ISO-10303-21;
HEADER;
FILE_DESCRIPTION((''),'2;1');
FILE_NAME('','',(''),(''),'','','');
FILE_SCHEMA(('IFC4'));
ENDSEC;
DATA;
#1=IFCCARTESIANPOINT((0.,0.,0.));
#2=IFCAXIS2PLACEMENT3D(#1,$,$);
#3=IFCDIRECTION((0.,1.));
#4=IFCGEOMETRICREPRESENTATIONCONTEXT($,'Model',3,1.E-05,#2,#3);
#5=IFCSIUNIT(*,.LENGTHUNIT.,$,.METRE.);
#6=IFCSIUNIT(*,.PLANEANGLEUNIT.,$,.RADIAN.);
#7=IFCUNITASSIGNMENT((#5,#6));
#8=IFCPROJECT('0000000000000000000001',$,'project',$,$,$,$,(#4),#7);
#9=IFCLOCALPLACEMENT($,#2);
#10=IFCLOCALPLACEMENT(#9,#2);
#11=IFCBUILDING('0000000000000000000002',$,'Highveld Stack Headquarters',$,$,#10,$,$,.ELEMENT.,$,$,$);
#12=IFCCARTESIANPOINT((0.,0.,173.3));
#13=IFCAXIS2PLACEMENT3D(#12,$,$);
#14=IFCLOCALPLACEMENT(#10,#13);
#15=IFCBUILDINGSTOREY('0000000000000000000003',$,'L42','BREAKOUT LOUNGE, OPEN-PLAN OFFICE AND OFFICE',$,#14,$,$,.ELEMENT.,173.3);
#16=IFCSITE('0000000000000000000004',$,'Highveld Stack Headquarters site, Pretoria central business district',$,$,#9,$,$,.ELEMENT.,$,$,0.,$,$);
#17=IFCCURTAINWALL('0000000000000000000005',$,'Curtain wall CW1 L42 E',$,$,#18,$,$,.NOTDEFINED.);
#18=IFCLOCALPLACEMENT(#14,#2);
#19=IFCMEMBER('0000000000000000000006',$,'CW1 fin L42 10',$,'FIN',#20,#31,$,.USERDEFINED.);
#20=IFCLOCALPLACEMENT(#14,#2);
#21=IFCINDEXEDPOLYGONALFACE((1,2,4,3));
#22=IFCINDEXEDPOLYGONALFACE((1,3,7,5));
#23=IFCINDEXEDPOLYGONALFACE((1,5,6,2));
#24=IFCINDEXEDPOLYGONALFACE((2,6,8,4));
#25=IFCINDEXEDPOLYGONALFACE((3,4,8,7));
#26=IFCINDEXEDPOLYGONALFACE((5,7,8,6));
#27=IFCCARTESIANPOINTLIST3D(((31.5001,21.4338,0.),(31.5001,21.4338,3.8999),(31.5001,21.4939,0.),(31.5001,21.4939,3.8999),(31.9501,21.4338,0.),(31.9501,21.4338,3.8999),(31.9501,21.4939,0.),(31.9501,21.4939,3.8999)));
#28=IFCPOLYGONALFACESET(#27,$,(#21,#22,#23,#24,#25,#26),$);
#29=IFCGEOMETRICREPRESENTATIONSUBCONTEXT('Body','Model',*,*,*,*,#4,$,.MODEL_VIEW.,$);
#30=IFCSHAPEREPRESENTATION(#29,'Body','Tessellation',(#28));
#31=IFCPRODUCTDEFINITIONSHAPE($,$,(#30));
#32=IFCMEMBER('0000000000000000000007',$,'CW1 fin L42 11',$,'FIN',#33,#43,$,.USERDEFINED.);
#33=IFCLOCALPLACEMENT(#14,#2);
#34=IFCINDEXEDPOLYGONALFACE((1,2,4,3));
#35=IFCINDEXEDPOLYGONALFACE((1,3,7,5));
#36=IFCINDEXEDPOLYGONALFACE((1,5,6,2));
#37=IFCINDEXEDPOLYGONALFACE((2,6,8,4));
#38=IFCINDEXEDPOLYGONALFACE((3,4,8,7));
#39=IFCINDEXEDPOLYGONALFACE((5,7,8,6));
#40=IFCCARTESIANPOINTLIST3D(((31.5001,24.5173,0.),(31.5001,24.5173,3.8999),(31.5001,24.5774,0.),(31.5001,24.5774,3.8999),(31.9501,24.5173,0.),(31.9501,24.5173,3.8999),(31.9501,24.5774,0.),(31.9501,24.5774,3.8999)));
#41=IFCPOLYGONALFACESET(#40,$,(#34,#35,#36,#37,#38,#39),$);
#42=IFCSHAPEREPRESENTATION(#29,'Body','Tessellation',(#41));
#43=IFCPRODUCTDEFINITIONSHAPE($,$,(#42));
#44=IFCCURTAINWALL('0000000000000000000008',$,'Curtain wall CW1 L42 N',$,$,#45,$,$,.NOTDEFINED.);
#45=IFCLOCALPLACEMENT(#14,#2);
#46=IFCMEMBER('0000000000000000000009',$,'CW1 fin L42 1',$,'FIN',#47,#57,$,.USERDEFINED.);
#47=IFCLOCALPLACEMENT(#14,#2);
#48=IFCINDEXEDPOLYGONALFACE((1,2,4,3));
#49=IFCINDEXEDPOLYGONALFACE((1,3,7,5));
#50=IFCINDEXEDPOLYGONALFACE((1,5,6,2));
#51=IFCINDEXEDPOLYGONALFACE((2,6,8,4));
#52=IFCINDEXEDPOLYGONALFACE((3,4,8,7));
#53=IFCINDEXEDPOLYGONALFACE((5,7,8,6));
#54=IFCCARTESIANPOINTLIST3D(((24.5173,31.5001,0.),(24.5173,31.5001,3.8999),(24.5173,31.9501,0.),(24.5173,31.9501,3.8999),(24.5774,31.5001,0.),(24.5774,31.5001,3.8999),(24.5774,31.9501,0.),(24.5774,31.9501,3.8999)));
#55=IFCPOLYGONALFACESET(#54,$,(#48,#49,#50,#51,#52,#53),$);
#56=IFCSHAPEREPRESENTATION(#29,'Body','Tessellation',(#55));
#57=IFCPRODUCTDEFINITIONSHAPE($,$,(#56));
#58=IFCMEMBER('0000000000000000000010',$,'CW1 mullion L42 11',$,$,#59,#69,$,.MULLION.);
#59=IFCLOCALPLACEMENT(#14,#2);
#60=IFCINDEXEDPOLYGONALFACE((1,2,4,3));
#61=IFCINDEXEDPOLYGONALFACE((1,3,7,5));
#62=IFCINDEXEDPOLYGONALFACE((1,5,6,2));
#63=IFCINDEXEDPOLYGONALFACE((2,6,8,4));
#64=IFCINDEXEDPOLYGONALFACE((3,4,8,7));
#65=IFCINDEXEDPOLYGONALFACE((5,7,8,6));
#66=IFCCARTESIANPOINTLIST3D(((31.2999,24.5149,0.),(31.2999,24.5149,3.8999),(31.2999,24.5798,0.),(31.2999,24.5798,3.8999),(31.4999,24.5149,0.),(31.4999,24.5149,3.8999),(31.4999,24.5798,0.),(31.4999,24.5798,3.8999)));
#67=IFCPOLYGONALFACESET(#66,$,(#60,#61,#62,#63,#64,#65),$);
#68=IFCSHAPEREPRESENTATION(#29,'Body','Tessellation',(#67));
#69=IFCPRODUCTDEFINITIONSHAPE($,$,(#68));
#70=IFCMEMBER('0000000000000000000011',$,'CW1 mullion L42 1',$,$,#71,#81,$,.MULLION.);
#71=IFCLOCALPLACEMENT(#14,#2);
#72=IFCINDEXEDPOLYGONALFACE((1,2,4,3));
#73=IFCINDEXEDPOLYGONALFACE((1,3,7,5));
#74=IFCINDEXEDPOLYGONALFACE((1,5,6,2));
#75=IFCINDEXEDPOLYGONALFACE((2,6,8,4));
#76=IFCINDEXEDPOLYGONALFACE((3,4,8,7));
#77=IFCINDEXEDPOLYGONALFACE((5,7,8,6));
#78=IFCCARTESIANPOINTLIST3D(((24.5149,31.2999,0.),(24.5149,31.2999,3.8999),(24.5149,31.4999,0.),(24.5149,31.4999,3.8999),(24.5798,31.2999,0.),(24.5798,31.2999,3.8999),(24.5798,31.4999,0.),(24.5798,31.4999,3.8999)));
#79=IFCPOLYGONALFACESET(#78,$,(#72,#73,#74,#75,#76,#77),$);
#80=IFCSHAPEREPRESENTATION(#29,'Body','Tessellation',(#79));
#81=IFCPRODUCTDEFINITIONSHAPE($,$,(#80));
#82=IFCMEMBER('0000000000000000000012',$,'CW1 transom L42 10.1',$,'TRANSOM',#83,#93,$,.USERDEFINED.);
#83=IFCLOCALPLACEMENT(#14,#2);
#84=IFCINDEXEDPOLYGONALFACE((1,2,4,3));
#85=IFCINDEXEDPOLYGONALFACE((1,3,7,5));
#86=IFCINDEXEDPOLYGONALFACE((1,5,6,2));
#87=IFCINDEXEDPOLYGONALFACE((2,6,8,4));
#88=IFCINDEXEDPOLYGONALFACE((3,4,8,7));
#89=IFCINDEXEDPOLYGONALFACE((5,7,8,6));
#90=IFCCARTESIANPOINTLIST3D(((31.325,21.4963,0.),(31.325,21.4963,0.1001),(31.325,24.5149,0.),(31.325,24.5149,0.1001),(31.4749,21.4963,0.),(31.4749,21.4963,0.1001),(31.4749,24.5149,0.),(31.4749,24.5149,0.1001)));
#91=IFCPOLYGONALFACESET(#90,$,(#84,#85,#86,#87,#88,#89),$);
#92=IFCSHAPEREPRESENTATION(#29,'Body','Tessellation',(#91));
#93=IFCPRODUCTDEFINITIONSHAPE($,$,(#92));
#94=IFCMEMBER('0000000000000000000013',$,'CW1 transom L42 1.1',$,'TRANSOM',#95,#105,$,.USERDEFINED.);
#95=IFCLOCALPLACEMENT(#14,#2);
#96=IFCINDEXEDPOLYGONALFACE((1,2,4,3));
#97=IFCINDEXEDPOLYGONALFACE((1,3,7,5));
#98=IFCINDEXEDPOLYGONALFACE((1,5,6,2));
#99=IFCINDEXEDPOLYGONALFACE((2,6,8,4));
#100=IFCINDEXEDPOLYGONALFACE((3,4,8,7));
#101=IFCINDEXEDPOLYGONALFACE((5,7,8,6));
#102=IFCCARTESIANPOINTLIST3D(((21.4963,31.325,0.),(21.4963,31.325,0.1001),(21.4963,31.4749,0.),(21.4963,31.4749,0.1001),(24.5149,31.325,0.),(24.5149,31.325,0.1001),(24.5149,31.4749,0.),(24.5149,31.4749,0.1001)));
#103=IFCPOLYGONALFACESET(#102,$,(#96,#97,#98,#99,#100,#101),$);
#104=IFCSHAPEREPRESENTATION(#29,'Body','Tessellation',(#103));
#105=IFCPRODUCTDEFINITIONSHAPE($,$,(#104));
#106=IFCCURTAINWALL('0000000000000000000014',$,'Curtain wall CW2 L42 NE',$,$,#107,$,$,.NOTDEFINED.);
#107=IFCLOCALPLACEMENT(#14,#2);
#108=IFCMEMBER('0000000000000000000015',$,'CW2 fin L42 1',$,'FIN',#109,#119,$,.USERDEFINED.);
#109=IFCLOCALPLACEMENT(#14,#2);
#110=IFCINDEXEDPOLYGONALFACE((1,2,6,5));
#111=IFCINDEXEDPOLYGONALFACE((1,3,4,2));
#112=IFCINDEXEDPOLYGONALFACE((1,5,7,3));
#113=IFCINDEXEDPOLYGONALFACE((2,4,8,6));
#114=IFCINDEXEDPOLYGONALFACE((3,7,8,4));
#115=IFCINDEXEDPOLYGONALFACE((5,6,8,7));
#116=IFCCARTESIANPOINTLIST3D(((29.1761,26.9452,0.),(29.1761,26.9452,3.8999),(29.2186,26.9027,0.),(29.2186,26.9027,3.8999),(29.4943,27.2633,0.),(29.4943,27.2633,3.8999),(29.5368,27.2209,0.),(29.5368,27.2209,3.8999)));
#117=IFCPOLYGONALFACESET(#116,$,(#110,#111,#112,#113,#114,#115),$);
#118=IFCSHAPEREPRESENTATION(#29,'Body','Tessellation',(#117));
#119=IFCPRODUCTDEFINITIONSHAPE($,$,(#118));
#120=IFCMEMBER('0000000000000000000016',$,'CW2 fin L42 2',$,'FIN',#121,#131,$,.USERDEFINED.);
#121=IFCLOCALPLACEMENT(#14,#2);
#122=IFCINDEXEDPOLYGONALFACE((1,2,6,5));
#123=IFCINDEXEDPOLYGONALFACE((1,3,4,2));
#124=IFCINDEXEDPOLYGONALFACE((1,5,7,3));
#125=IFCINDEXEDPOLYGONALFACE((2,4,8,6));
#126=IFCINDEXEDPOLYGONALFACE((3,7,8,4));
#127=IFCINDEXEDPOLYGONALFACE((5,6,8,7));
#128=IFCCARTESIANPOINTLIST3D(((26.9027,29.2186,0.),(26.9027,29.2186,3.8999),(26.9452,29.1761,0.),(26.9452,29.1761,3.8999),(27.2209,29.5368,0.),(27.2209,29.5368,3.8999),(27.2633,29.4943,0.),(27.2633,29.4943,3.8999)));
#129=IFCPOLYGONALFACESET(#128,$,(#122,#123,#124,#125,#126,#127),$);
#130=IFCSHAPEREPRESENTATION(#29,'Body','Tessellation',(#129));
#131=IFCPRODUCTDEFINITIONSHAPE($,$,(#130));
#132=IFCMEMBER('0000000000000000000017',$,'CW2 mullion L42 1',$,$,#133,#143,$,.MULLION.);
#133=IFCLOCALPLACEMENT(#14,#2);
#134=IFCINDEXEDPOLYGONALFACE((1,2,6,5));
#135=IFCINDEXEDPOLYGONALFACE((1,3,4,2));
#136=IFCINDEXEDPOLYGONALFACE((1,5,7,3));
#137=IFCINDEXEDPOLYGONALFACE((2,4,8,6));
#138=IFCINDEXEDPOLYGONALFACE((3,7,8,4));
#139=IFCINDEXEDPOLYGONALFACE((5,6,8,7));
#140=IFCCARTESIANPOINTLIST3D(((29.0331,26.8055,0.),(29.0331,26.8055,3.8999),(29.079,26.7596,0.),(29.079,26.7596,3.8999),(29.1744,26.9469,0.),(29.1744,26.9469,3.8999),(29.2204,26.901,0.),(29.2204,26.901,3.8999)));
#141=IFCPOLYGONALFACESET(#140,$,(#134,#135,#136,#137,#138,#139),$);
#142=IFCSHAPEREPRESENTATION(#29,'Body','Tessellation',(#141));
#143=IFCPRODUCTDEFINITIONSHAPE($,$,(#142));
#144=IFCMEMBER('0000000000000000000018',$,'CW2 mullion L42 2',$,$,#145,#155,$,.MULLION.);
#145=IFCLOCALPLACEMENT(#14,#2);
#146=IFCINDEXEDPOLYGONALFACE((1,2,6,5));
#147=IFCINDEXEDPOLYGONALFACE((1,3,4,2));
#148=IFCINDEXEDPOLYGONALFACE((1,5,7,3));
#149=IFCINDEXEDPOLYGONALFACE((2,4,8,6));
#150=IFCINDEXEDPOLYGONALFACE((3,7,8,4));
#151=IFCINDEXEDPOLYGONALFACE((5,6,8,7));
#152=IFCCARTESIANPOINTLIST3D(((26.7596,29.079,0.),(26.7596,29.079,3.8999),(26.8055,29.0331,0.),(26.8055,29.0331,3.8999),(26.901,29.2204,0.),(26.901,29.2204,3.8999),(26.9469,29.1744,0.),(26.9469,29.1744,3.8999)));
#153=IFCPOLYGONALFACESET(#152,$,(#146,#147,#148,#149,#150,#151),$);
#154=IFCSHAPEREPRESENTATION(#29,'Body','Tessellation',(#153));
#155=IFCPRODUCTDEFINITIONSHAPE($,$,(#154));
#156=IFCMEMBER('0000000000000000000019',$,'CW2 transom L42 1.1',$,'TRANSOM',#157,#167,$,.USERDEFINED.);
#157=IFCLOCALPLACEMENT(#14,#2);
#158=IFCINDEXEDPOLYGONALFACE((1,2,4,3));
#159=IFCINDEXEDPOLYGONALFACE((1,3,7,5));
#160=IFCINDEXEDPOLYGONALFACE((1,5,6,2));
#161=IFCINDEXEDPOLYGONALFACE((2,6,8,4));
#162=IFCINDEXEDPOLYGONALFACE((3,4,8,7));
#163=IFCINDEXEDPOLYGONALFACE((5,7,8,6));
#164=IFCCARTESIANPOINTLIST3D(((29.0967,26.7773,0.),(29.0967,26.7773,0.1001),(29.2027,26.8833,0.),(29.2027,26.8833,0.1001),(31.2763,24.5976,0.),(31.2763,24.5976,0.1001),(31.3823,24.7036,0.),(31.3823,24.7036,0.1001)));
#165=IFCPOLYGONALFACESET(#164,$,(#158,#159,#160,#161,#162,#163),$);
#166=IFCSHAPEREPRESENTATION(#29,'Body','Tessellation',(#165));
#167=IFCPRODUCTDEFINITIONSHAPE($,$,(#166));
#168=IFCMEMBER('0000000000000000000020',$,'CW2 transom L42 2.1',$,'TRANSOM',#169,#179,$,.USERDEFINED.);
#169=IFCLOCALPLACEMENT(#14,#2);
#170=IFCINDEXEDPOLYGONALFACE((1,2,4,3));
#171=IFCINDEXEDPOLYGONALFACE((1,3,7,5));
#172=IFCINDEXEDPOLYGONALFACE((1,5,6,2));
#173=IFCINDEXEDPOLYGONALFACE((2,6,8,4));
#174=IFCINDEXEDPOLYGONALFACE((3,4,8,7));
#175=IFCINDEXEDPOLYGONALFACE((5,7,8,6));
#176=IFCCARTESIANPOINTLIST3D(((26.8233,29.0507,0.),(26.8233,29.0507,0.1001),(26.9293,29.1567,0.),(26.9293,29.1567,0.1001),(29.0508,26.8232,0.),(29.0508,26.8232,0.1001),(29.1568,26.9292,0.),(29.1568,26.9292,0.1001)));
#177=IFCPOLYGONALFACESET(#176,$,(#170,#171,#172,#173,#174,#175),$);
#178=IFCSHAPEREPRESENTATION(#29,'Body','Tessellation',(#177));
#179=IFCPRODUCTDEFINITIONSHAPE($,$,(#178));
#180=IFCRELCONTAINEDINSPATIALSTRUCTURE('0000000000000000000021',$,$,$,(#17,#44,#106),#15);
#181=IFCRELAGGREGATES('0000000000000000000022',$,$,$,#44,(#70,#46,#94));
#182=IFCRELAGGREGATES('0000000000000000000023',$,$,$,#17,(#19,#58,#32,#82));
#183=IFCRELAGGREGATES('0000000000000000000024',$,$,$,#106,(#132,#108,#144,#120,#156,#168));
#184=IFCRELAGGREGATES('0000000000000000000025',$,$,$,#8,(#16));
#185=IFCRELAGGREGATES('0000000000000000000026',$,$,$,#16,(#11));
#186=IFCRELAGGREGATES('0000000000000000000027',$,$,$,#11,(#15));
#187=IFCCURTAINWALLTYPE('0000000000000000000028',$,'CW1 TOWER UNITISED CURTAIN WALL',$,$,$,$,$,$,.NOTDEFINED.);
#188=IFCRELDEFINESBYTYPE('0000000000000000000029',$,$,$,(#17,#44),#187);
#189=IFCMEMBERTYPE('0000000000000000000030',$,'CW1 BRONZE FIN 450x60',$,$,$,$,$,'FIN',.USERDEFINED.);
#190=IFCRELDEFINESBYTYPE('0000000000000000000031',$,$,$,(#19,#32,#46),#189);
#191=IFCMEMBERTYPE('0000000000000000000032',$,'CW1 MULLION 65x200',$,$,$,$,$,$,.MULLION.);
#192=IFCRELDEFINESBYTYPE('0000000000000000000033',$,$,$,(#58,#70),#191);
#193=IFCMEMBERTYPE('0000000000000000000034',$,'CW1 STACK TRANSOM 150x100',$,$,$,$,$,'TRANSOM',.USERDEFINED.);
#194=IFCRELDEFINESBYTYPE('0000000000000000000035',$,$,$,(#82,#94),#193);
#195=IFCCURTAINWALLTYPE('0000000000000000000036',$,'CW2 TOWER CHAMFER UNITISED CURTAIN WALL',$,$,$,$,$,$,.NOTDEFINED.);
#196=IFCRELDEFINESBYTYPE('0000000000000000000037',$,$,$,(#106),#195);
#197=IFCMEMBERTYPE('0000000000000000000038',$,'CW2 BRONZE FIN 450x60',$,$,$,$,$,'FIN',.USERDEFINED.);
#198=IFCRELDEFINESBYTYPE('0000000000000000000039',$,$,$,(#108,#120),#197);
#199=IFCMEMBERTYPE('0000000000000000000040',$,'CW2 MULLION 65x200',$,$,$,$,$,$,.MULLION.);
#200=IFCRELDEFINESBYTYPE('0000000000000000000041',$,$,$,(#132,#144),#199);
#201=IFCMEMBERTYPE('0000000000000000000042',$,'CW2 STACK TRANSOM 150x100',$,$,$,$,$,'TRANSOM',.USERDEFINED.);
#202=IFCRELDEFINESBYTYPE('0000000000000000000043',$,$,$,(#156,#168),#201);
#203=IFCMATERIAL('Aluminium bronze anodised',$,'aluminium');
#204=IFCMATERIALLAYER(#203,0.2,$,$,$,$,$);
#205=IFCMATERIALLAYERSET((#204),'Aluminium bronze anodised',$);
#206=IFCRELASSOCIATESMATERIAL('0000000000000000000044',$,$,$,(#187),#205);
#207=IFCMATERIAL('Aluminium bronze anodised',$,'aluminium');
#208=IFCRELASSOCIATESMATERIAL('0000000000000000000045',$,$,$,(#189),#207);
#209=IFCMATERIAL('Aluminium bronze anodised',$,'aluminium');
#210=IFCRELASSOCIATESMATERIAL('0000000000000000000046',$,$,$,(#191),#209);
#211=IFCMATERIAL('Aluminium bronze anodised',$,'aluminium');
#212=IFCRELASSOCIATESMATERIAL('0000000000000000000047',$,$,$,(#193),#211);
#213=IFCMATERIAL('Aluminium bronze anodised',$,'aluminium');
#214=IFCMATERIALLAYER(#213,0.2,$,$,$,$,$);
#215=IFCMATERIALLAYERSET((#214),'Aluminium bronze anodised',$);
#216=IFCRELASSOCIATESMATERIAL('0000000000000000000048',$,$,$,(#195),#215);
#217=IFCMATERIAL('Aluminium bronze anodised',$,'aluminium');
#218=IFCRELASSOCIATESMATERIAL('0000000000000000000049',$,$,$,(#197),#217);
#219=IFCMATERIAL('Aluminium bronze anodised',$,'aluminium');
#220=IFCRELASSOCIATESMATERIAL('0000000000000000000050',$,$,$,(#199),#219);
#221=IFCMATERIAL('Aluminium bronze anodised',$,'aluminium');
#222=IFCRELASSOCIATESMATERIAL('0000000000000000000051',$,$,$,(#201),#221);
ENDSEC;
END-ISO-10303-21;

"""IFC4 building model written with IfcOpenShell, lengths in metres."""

from ifc_helpers import new_model, si_unit, direction, frame, origin, origin_2d, place, context, subcontext, project, spatial, rectangle, extrude, material, layer, layer_set, material_profile, profile_set, type_object, element, aggregate, save


model = new_model("IFC4")

# Units and contexts
model_context = context("Model", 3, precision=1e-05, world=origin(), true_north=direction((0.0, 1.0)))
body_context = subcontext(model_context, "Body", "Model", "MODEL_VIEW")
ifc_project = project(units=[si_unit("LENGTHUNIT", "METRE"), si_unit("PLANEANGLEUNIT", "RADIAN")], contexts=[model_context])

# Site, building, storey
site_placement = place(None, origin())
site = spatial("IfcSite", under=ifc_project, at=site_placement, Name="Highveld Stack Headquarters site, Pretoria central business district", CompositionType="ELEMENT", RefElevation=0.0)
building_placement = place(site_placement, origin())
building = spatial("IfcBuilding", under=site, at=building_placement, Name="Highveld Stack Headquarters", CompositionType="ELEMENT")
storey_placement = place(building_placement, frame((0.0, 0.0, 173.3)))
storey = spatial("IfcBuildingStorey", under=building, at=storey_placement, Name="L42", Description="BREAKOUT LOUNGE, OPEN-PLAN OFFICE AND OFFICE", CompositionType="ELEMENT", Elevation=173.3)

# Curtain wall, members
ifc_material_1 = material(Name="Aluminium bronze anodised", Category="aluminium")
ifc_layer_1 = layer(ifc_material_1, 0.2)
ifc_layer_set_1 = layer_set([ifc_layer_1], Name="Aluminium bronze anodised")
curtain_wall_type_1 = type_object("IfcCurtainWallType", Name="CW1 TOWER UNITISED CURTAIN WALL", PredefinedType="NOTDEFINED", material=ifc_layer_set_1)
curtain_wall_1_placement = place(storey_placement, origin())
curtain_wall_1 = element("IfcCurtainWall", 1, at=curtain_wall_1_placement, inside=storey, type_object=curtain_wall_type_1, Name="Curtain wall CW1 L42 E", PredefinedType="NOTDEFINED")
ifc_material_2 = material(Name="Aluminium bronze anodised", Category="aluminium")
ifc_material_profile_1 = material_profile(ifc_material_2, rectangle(XDim=0.45, YDim=0.0601, at=origin_2d()), Name="FIN 450x60")
ifc_profile_set_1 = profile_set([ifc_material_profile_1], Name="Aluminium bronze anodised")
member_type_1 = type_object("IfcMemberType", Name="CW1 BRONZE FIN 450x60", ElementType="FIN", PredefinedType="USERDEFINED", material=ifc_profile_set_1)
member_1_placement = place(storey_placement, frame((31.7251, 21.4639, 0.0), z_axis=(0.0, 0.0, 1.0), x_axis=(-1.0, 0.0, 0.0)))
member_1 = element("IfcMember", 2, at=member_1_placement, type_object=member_type_1, Name="CW1 fin L42 10", ObjectType="FIN", PredefinedType="USERDEFINED", context=body_context, shape_type="SweptSolid", body=[
    extrude(rectangle(XDim=0.45, YDim=0.0601, at=origin_2d()), origin(), (0.0, 0.0, 1.0), 3.8999),
])
member_2_placement = place(storey_placement, frame((31.7251, 24.5474, 0.0), z_axis=(0.0, 0.0, 1.0), x_axis=(-1.0, 0.0, 0.0)))
member_2 = element("IfcMember", 3, at=member_2_placement, type_object=member_type_1, Name="CW1 fin L42 11", ObjectType="FIN", PredefinedType="USERDEFINED", context=body_context, shape_type="SweptSolid", body=[
    extrude(rectangle(XDim=0.45, YDim=0.0601, at=origin_2d()), origin(), (0.0, 0.0, 1.0), 3.8999),
])

# Curtain wall, member
curtain_wall_2_placement = place(storey_placement, origin())
curtain_wall_2 = element("IfcCurtainWall", 4, at=curtain_wall_2_placement, inside=storey, type_object=curtain_wall_type_1, Name="Curtain wall CW1 L42 N", PredefinedType="NOTDEFINED")
member_3_placement = place(storey_placement, frame((24.5474, 31.7251, 0.0), z_axis=(0.0, 0.0, 1.0), x_axis=(0.0, -1.0, 0.0)))
member_3 = element("IfcMember", 5, at=member_3_placement, type_object=member_type_1, Name="CW1 fin L42 1", ObjectType="FIN", PredefinedType="USERDEFINED", context=body_context, shape_type="SweptSolid", body=[
    extrude(rectangle(XDim=0.45, YDim=0.0601, at=origin_2d()), origin(), (0.0, 0.0, 1.0), 3.8999),
])

# Members
ifc_material_3 = material(Name="Aluminium bronze anodised", Category="aluminium")
ifc_material_profile_2 = material_profile(ifc_material_3, rectangle(XDim=0.2, YDim=0.0649, at=origin_2d()), Name="CW1 MULLION 65x200")
ifc_profile_set_2 = profile_set([ifc_material_profile_2], Name="Aluminium bronze anodised")
member_type_2 = type_object("IfcMemberType", Name="CW1 MULLION 65x200", PredefinedType="MULLION", material=ifc_profile_set_2)
member_4_placement = place(storey_placement, frame((31.3999, 24.5474, 0.0), z_axis=(0.0, 0.0, 1.0), x_axis=(-1.0, 0.0, 0.0)))
member_4 = element("IfcMember", 6, at=member_4_placement, type_object=member_type_2, Name="CW1 mullion L42 11", PredefinedType="MULLION", context=body_context, shape_type="SweptSolid", body=[
    extrude(rectangle(XDim=0.2, YDim=0.0649, at=origin_2d()), origin(), (0.0, 0.0, 1.0), 3.8999),
])
member_5_placement = place(storey_placement, frame((24.5474, 31.3999, 0.0), z_axis=(0.0, 0.0, 1.0), x_axis=(0.0, -1.0, 0.0)))
member_5 = element("IfcMember", 7, at=member_5_placement, type_object=member_type_2, Name="CW1 mullion L42 1", PredefinedType="MULLION", context=body_context, shape_type="SweptSolid", body=[
    extrude(rectangle(XDim=0.2, YDim=0.0649, at=origin_2d()), origin(), (0.0, 0.0, 1.0), 3.8999),
])
ifc_material_4 = material(Name="Aluminium bronze anodised", Category="aluminium")
ifc_material_profile_3 = material_profile(ifc_material_4, rectangle(XDim=0.1499, YDim=0.1001, at=origin_2d()), Name="CW1 TRANSOM 150x100")
ifc_profile_set_3 = profile_set([ifc_material_profile_3], Name="Aluminium bronze anodised")
member_type_3 = type_object("IfcMemberType", Name="CW1 STACK TRANSOM 150x100", ElementType="TRANSOM", PredefinedType="USERDEFINED", material=ifc_profile_set_3)
member_6_placement = place(storey_placement, frame((31.3999, 21.4963, 0.05), z_axis=(0.0, 1.0, 0.0), x_axis=(-1.0, 0.0, 0.0)))
member_6 = element("IfcMember", 8, at=member_6_placement, type_object=member_type_3, Name="CW1 transom L42 10.1", ObjectType="TRANSOM", PredefinedType="USERDEFINED", context=body_context, shape_type="SweptSolid", body=[
    extrude(rectangle(XDim=0.1499, YDim=0.1001, at=origin_2d()), origin(), (0.0, 0.0, 1.0), 3.0186),
])
member_7_placement = place(storey_placement, frame((24.5149, 31.3999, 0.05), z_axis=(-1.0, 0.0, 0.0), x_axis=(0.0, -1.0, 0.0)))
member_7 = element("IfcMember", 9, at=member_7_placement, type_object=member_type_3, Name="CW1 transom L42 1.1", ObjectType="TRANSOM", PredefinedType="USERDEFINED", context=body_context, shape_type="SweptSolid", body=[
    extrude(rectangle(XDim=0.1499, YDim=0.1001, at=origin_2d()), origin(), (0.0, 0.0, 1.0), 3.0186),
])
aggregate(curtain_wall_2, [member_5, member_3, member_7])

# Curtain wall, members
ifc_material_5 = material(Name="Aluminium bronze anodised", Category="aluminium")
ifc_layer_2 = layer(ifc_material_5, 0.2)
ifc_layer_set_2 = layer_set([ifc_layer_2], Name="Aluminium bronze anodised")
curtain_wall_type_2 = type_object("IfcCurtainWallType", Name="CW2 TOWER CHAMFER UNITISED CURTAIN WALL", PredefinedType="NOTDEFINED", material=ifc_layer_set_2)
curtain_wall_3_placement = place(storey_placement, origin())
curtain_wall_3 = element("IfcCurtainWall", 10, at=curtain_wall_3_placement, inside=storey, type_object=curtain_wall_type_2, Name="Curtain wall CW2 L42 NE", PredefinedType="NOTDEFINED")
ifc_material_6 = material(Name="Aluminium bronze anodised", Category="aluminium")
ifc_material_profile_4 = material_profile(ifc_material_6, rectangle(XDim=0.45, YDim=0.0601, at=origin_2d()), Name="FIN 450x60")
ifc_profile_set_4 = profile_set([ifc_material_profile_4], Name="Aluminium bronze anodised")
member_type_4 = type_object("IfcMemberType", Name="CW2 BRONZE FIN 450x60", ElementType="FIN", PredefinedType="USERDEFINED", material=ifc_profile_set_4)
member_8_placement = place(storey_placement, frame((29.3564, 27.083, 0.0), z_axis=(0.0, 0.0, 1.0), x_axis=(-0.707107, -0.707107, 0.0)))
member_8 = element("IfcMember", 11, at=member_8_placement, type_object=member_type_4, Name="CW2 fin L42 1", ObjectType="FIN", PredefinedType="USERDEFINED", context=body_context, shape_type="SweptSolid", body=[
    extrude(rectangle(XDim=0.45, YDim=0.0601, at=origin_2d()), origin(), (0.0, 0.0, 1.0), 3.8999),
])
member_9_placement = place(storey_placement, frame((27.083, 29.3564, 0.0), z_axis=(0.0, 0.0, 1.0), x_axis=(-0.707107, -0.707107, 0.0)))
member_9 = element("IfcMember", 12, at=member_9_placement, type_object=member_type_4, Name="CW2 fin L42 2", ObjectType="FIN", PredefinedType="USERDEFINED", context=body_context, shape_type="SweptSolid", body=[
    extrude(rectangle(XDim=0.45, YDim=0.0601, at=origin_2d()), origin(), (0.0, 0.0, 1.0), 3.8999),
])
ifc_material_7 = material(Name="Aluminium bronze anodised", Category="aluminium")
ifc_material_profile_5 = material_profile(ifc_material_7, rectangle(XDim=0.2, YDim=0.0649, at=origin_2d()), Name="CW2 MULLION 65x200")
ifc_profile_set_5 = profile_set([ifc_material_profile_5], Name="Aluminium bronze anodised")
member_type_5 = type_object("IfcMemberType", Name="CW2 MULLION 65x200", PredefinedType="MULLION", material=ifc_profile_set_5)
member_10_placement = place(storey_placement, frame((29.1267, 26.8533, 0.0), z_axis=(0.0, 0.0, 1.0), x_axis=(-0.707107, -0.707107, 0.0)))
member_10 = element("IfcMember", 13, at=member_10_placement, type_object=member_type_5, Name="CW2 mullion L42 1", PredefinedType="MULLION", context=body_context, shape_type="SweptSolid", body=[
    extrude(rectangle(XDim=0.2, YDim=0.0649, at=origin_2d()), origin(), (0.0, 0.0, 1.0), 3.8999),
])
member_11_placement = place(storey_placement, frame((26.8533, 29.1267, 0.0), z_axis=(0.0, 0.0, 1.0), x_axis=(-0.707107, -0.707107, 0.0)))
member_11 = element("IfcMember", 14, at=member_11_placement, type_object=member_type_5, Name="CW2 mullion L42 2", PredefinedType="MULLION", context=body_context, shape_type="SweptSolid", body=[
    extrude(rectangle(XDim=0.2, YDim=0.0649, at=origin_2d()), origin(), (0.0, 0.0, 1.0), 3.8999),
])
ifc_material_8 = material(Name="Aluminium bronze anodised", Category="aluminium")
ifc_material_profile_6 = material_profile(ifc_material_8, rectangle(XDim=0.1499, YDim=0.1001, at=origin_2d()), Name="CW2 TRANSOM 150x100")
ifc_profile_set_6 = profile_set([ifc_material_profile_6], Name="Aluminium bronze anodised")
member_type_6 = type_object("IfcMemberType", Name="CW2 STACK TRANSOM 150x100", ElementType="TRANSOM", PredefinedType="USERDEFINED", material=ifc_profile_set_6)
member_12_placement = place(storey_placement, frame((31.3293, 24.6506, 0.05), z_axis=(-0.707107, 0.707107, 0.0), x_axis=(-0.707107, -0.707107, 0.0)))
member_12 = element("IfcMember", 15, at=member_12_placement, type_object=member_type_6, Name="CW2 transom L42 1.1", ObjectType="TRANSOM", PredefinedType="USERDEFINED", context=body_context, shape_type="SweptSolid", body=[
    extrude(rectangle(XDim=0.1499, YDim=0.1001, at=origin_2d()), origin(), (0.0, 0.0, 1.0), 3.0825),
])
member_13_placement = place(storey_placement, frame((29.1038, 26.8762, 0.05), z_axis=(-0.707107, 0.707107, 0.0), x_axis=(-0.707107, -0.707107, 0.0)))
member_13 = element("IfcMember", 16, at=member_13_placement, type_object=member_type_6, Name="CW2 transom L42 2.1", ObjectType="TRANSOM", PredefinedType="USERDEFINED", context=body_context, shape_type="SweptSolid", body=[
    extrude(rectangle(XDim=0.1499, YDim=0.1001, at=origin_2d()), origin(), (0.0, 0.0, 1.0), 3.1501),
])

aggregate(curtain_wall_1, [member_1, member_4, member_2, member_6])
aggregate(curtain_wall_3, [member_10, member_8, member_11, member_9, member_12, member_13])

save(model, "model.ifc")
